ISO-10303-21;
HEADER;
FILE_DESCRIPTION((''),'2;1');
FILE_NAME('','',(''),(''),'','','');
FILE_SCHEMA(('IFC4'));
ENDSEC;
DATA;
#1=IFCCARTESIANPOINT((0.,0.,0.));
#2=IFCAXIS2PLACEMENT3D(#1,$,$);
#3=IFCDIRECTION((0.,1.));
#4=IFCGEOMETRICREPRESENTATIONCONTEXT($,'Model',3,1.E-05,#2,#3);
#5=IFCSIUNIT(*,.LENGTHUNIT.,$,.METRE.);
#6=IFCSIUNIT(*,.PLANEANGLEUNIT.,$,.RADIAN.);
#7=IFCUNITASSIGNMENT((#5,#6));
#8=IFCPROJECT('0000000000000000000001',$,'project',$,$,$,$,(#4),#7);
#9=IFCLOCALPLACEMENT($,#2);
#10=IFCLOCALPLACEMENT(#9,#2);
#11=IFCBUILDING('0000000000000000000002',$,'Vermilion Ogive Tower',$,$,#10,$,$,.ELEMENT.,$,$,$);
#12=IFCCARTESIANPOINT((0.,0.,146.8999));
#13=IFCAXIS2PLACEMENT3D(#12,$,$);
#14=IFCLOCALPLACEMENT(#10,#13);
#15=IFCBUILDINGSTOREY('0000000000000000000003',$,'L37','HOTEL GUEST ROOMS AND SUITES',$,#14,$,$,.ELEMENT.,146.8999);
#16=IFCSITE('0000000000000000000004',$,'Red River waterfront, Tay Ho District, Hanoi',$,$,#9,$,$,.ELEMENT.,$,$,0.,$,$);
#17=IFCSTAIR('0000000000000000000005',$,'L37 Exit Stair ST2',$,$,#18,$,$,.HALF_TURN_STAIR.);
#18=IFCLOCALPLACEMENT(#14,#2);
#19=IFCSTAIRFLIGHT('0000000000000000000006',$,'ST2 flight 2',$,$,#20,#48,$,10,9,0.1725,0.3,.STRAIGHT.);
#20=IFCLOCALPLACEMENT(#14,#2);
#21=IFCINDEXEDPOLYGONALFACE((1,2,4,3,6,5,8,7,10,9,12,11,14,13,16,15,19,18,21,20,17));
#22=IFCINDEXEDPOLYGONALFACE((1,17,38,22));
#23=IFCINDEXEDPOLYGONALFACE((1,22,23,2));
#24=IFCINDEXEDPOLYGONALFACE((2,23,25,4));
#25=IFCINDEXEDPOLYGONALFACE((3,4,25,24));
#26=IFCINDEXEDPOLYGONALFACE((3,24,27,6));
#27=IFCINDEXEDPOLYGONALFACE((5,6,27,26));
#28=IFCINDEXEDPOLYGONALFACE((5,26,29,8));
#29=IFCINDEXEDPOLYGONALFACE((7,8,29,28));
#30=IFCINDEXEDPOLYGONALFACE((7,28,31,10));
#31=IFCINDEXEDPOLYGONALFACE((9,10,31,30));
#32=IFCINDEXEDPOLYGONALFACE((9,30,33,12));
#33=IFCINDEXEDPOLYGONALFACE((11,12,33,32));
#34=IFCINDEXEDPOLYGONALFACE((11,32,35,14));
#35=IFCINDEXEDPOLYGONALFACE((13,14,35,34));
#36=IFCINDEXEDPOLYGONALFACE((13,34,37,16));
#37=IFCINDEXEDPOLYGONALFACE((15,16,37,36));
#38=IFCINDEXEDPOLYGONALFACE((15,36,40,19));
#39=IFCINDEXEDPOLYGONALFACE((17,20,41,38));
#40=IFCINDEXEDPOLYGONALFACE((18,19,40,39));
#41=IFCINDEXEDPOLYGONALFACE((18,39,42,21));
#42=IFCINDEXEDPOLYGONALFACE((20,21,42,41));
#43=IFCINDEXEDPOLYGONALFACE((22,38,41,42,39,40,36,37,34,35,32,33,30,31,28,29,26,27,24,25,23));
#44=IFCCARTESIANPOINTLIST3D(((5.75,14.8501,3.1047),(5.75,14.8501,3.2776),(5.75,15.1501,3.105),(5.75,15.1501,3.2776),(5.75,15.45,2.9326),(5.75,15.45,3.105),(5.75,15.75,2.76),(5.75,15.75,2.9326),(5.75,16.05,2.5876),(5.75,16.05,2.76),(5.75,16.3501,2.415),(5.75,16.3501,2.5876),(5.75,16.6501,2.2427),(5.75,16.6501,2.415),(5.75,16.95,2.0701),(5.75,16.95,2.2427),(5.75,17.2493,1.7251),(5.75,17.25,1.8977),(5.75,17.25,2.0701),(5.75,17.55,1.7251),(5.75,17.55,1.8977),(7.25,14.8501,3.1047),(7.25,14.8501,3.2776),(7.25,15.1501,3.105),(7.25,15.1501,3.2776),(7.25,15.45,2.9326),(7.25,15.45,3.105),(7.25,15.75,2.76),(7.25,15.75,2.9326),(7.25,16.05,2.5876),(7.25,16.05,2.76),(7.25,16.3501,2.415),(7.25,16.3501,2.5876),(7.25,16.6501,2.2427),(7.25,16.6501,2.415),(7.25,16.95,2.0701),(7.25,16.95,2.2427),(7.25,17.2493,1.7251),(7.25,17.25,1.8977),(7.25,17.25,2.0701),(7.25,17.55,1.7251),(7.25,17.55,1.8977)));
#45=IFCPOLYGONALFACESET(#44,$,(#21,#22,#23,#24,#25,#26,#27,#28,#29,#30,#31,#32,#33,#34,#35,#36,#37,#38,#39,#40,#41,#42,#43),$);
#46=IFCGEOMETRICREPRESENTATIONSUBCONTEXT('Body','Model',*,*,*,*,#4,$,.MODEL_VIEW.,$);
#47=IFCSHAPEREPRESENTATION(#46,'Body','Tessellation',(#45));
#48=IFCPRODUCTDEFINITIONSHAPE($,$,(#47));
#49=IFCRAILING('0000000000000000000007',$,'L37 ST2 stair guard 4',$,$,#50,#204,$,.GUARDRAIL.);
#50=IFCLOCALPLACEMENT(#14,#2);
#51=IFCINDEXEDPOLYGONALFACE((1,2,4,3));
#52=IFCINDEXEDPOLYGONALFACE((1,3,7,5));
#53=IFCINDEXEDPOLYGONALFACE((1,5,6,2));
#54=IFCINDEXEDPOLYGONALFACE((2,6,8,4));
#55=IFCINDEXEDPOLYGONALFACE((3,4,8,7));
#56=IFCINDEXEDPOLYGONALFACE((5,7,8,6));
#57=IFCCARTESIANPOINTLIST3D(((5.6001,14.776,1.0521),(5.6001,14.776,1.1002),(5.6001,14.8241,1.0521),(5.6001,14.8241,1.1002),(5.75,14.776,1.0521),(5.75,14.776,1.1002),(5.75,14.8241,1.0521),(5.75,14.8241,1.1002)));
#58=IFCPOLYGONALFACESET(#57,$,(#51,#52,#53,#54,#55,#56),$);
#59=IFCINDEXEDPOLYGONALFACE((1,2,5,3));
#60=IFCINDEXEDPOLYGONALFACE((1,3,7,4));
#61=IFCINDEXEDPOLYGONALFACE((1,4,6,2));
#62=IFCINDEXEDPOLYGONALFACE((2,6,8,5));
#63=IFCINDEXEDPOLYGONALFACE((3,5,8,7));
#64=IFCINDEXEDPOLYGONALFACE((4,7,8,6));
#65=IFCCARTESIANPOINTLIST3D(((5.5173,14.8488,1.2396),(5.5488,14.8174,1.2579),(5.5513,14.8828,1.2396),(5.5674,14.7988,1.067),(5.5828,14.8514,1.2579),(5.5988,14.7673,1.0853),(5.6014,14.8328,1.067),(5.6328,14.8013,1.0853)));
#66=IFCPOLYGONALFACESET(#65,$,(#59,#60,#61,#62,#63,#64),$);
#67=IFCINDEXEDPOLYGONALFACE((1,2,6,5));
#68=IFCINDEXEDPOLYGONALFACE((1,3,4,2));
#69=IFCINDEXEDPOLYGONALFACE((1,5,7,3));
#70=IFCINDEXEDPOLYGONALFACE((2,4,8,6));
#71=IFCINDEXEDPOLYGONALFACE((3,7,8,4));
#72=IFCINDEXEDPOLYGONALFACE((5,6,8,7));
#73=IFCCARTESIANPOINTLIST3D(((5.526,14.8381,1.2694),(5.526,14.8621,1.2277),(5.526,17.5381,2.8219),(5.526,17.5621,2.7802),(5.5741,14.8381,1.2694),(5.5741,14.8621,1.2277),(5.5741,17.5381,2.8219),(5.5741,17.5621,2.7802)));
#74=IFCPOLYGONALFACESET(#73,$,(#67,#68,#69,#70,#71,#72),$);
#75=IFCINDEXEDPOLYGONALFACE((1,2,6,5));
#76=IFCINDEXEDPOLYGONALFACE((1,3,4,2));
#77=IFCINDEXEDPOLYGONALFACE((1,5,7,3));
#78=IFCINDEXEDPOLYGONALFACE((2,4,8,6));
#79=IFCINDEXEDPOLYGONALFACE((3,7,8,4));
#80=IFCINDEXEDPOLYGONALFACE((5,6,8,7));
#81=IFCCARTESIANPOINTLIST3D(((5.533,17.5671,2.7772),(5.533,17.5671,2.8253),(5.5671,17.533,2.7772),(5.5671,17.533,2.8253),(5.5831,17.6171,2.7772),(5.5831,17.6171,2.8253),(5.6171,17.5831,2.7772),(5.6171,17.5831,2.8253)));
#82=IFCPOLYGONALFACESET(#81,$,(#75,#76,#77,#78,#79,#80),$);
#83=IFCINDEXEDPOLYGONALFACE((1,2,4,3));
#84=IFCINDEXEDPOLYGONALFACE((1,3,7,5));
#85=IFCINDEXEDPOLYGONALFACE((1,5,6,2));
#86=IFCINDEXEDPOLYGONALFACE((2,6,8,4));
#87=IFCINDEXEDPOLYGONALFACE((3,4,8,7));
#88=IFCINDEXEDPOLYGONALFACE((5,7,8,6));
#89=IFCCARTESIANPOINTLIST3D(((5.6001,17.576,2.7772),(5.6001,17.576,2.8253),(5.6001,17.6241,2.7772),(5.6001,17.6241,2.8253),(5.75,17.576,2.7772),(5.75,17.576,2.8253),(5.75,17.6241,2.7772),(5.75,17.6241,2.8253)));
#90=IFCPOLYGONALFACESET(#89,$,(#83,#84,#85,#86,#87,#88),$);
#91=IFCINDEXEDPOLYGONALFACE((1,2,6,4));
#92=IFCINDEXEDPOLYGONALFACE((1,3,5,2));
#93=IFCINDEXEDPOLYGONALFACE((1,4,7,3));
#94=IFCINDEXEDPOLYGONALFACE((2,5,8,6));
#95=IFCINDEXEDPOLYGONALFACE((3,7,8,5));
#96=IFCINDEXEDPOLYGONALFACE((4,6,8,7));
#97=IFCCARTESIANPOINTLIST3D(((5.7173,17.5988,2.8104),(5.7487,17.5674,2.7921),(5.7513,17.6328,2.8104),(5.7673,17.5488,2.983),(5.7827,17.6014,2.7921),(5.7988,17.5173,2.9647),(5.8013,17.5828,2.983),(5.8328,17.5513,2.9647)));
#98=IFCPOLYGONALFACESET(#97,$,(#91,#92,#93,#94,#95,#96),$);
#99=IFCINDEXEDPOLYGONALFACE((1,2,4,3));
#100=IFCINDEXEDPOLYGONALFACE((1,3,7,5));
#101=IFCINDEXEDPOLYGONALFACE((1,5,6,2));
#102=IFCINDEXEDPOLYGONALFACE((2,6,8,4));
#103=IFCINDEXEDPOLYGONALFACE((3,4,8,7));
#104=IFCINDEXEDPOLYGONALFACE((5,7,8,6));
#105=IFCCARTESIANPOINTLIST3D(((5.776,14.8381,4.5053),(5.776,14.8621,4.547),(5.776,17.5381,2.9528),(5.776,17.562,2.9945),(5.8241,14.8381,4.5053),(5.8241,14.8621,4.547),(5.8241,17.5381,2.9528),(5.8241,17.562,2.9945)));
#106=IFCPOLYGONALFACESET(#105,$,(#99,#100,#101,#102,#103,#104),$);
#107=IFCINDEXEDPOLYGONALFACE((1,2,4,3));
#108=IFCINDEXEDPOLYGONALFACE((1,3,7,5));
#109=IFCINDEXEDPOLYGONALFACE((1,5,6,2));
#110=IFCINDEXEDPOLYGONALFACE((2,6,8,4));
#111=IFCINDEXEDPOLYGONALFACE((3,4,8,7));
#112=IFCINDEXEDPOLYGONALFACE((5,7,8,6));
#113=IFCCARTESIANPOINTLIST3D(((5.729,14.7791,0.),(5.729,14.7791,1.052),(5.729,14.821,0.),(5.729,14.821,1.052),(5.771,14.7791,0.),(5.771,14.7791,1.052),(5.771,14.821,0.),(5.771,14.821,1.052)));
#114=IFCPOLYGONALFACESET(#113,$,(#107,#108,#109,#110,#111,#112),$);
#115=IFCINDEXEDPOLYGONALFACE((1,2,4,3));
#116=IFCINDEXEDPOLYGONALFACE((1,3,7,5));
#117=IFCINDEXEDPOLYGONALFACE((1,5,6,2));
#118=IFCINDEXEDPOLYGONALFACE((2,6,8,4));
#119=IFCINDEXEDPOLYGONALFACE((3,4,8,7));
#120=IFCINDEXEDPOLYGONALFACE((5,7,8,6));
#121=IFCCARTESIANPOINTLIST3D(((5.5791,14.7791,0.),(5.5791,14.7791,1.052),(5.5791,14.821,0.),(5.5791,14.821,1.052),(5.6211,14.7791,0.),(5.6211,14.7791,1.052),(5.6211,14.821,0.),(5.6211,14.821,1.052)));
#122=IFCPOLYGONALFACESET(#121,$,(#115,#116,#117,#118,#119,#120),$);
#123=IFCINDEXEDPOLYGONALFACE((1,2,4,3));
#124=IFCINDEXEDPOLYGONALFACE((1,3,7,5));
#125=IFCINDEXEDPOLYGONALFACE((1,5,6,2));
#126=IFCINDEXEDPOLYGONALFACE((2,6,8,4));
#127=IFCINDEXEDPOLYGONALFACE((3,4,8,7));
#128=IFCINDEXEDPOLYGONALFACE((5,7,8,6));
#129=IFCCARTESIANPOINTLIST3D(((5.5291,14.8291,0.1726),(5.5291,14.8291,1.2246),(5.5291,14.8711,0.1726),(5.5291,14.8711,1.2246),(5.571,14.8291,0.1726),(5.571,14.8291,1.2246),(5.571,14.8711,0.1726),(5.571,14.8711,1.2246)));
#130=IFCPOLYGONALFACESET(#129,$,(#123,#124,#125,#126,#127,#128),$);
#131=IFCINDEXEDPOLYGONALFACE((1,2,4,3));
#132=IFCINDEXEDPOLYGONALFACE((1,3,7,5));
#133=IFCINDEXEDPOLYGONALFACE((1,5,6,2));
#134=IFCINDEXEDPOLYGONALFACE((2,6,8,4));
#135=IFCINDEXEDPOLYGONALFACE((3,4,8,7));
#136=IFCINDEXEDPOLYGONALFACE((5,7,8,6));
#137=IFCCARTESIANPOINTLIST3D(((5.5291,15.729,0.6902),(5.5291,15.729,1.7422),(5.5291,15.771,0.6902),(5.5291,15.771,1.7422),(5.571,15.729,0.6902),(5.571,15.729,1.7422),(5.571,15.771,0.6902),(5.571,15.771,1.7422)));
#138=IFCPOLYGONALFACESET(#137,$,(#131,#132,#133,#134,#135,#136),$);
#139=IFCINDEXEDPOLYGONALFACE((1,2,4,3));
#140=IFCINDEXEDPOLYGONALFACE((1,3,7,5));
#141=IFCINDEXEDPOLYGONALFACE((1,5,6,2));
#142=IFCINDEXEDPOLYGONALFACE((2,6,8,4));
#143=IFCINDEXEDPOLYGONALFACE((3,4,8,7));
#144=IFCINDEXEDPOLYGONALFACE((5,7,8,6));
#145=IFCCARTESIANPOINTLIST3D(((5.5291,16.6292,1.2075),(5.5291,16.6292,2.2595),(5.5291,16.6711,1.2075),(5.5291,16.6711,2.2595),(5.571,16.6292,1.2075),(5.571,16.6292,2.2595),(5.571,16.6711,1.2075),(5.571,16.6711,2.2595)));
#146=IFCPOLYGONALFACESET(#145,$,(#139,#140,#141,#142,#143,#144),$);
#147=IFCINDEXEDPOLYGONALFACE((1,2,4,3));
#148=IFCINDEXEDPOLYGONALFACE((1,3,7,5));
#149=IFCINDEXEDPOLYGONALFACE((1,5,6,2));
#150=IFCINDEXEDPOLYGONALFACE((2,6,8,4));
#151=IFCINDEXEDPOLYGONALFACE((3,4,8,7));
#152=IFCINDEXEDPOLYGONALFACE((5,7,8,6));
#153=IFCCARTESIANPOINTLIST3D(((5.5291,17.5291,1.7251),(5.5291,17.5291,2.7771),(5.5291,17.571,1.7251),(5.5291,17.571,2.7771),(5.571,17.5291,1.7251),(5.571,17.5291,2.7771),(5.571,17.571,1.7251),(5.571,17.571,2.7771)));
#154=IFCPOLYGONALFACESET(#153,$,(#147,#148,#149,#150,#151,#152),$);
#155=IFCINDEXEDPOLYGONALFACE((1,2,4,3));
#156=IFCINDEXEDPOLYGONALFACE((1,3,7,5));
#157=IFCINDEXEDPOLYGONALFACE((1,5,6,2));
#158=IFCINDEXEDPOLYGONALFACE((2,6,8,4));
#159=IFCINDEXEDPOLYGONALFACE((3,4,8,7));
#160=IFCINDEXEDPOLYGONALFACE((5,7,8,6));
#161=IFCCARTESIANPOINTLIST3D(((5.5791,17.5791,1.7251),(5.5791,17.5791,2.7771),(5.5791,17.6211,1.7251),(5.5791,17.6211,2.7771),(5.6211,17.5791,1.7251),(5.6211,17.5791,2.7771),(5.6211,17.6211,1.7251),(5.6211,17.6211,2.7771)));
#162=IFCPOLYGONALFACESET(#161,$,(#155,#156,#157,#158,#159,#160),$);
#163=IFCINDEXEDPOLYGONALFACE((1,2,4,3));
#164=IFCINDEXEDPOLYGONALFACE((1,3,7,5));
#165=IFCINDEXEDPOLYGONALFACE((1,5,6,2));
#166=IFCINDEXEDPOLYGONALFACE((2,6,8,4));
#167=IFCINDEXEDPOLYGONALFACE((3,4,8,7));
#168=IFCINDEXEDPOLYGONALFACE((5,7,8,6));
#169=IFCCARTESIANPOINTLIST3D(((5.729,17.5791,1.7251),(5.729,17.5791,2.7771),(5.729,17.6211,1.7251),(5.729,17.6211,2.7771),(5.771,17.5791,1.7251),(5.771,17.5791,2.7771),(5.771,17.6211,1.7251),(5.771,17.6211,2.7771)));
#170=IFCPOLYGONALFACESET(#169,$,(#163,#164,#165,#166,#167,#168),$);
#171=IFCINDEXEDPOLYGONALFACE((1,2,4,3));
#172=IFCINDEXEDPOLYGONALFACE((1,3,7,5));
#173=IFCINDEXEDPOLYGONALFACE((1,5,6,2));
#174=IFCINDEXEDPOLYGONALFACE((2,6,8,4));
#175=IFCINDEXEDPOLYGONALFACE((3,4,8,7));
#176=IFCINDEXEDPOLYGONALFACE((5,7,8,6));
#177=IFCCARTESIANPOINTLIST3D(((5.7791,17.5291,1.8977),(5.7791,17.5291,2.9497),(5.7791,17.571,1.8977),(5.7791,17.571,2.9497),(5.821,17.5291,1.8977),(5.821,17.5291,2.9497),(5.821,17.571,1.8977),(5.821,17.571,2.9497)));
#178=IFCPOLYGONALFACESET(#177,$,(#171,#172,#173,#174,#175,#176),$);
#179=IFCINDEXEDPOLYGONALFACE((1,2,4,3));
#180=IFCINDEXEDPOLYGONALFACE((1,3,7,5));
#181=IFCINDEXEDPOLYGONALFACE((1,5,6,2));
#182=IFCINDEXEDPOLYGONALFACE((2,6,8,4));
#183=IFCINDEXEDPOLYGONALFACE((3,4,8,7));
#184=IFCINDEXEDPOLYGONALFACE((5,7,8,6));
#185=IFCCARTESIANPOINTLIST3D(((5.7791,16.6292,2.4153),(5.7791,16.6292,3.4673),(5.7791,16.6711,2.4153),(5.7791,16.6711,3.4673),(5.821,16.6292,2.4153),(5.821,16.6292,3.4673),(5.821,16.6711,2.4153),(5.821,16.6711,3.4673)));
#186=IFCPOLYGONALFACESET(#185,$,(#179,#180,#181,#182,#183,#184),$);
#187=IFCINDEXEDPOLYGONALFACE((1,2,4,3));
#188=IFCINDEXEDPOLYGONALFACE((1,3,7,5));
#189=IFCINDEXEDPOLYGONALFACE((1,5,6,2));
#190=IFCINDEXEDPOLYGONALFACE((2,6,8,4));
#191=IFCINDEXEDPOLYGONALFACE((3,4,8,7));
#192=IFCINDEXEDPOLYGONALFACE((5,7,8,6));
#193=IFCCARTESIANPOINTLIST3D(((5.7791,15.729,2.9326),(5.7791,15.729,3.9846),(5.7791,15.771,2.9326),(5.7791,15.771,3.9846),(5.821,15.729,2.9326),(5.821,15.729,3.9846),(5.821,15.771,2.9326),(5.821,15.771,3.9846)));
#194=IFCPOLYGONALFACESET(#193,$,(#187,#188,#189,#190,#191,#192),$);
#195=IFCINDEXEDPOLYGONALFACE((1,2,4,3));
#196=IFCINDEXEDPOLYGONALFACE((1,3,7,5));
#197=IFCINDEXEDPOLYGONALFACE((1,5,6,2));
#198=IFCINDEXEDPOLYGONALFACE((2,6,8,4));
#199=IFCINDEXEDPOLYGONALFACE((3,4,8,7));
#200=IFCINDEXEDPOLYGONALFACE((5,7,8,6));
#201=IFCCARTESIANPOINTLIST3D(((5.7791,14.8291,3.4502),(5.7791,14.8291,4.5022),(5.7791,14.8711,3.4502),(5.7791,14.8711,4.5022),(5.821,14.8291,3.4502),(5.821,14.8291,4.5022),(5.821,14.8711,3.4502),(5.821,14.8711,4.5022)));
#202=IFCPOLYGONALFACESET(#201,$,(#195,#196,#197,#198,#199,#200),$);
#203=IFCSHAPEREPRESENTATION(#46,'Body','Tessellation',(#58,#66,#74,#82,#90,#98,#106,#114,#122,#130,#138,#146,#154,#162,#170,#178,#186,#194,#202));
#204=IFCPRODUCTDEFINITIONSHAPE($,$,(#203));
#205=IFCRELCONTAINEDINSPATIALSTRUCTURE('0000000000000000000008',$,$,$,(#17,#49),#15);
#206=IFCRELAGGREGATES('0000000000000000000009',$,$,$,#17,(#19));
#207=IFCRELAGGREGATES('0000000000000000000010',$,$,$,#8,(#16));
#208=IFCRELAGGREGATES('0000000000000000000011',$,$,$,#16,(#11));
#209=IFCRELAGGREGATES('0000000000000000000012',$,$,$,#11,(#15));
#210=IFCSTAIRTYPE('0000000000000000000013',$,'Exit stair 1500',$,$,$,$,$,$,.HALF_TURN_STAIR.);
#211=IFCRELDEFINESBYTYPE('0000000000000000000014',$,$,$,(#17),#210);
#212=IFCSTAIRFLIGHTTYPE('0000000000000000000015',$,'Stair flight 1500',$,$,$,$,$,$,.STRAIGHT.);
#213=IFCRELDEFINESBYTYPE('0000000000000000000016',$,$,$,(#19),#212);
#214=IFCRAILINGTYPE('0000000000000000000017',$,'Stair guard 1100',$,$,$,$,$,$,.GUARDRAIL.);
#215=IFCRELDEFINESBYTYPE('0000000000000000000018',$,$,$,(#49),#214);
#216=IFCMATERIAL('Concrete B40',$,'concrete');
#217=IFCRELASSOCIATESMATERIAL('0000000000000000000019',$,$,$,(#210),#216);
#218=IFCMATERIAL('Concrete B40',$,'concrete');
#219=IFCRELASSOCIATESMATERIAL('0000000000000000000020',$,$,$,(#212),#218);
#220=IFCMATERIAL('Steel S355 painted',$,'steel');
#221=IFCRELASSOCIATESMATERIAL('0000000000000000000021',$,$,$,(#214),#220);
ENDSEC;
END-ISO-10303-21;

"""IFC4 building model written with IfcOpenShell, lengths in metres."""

from ifc_helpers import new_model, si_unit, direction, frame, origin, origin_2d, place, context, subcontext, project, spatial, polyline, rectangle, outline, extrude, material, type_object, element, aggregate, save


model = new_model("IFC4")

# Units and contexts
model_context = context("Model", 3, precision=1e-05, world=origin(), true_north=direction((0.0, 1.0)))
body_context = subcontext(model_context, "Body", "Model", "MODEL_VIEW")
ifc_project = project(units=[si_unit("LENGTHUNIT", "METRE"), si_unit("PLANEANGLEUNIT", "RADIAN")], contexts=[model_context])

# Site, building, storey
site_placement = place(None, origin())
site = spatial("IfcSite", under=ifc_project, at=site_placement, Name="Red River waterfront, Tay Ho District, Hanoi", CompositionType="ELEMENT", RefElevation=0.0)
building_placement = place(site_placement, origin())
building = spatial("IfcBuilding", under=site, at=building_placement, Name="Vermilion Ogive Tower", CompositionType="ELEMENT")
storey_placement = place(building_placement, frame((0.0, 0.0, 146.8999)))
storey = spatial("IfcBuildingStorey", under=building, at=storey_placement, Name="L37", Description="HOTEL GUEST ROOMS AND SUITES", CompositionType="ELEMENT", Elevation=146.8999)

# Stair, stair flight
ifc_material_1 = material(Name="Concrete B40", Category="concrete")
stair_type = type_object("IfcStairType", Name="Exit stair 1500", PredefinedType="HALF_TURN_STAIR", material=ifc_material_1)
stair_placement = place(storey_placement, origin())
stair = element("IfcStair", 1, at=stair_placement, inside=storey, type_object=stair_type, Name="L37 Exit Stair ST2", PredefinedType="HALF_TURN_STAIR")
ifc_material_2 = material(Name="Concrete B40", Category="concrete")
stair_flight_type = type_object("IfcStairFlightType", Name="Stair flight 1500", PredefinedType="STRAIGHT", material=ifc_material_2)
stair_flight_1_placement = place(storey_placement, frame((6.5, 17.55, 1.7251), z_axis=(0.0, 0.0, 1.0), x_axis=(0.0, -1.0, 0.0)))
stair_flight_1 = element("IfcStairFlight", 2, at=stair_flight_1_placement, type_object=stair_flight_type, Name="ST2 flight 2", NumberOfRisers=10, NumberOfTreads=9, PredefinedType="STRAIGHT", RiserHeight=0.1725, TreadLength=0.3, context=body_context, shape_type="SweptSolid", body=[
    extrude(outline(polyline([(0.0, 0.0), (0.0, 0.1726), (0.3, 0.1726), (0.3, 0.345), (0.6001, 0.345), (0.6001, 0.5176), (0.8999, 0.5176), (0.8999, 0.6899), (1.2, 0.6899), (1.2, 0.8625), (1.5, 0.8625), (1.5, 1.0349), (1.8, 1.0349), (1.8, 1.2075), (2.1001, 1.2075), (2.1001, 1.3799), (2.3999, 1.3799), (2.3999, 1.5525), (2.7, 1.5525), (2.7, 1.7251), (2.7, 1.3796), (0.3008, 0.0), (0.0, 0.0)])), frame((0.0, 0.75, 0.0), z_axis=(0.0, -1.0, 0.0), x_axis=(1.0, 0.0, 0.0)), (0.0, 0.0, 1.0), 1.5),
])
aggregate(stair, [stair_flight_1])

# Railing
ifc_material_3 = material(Name="Steel S355 painted", Category="steel")
railing_type_1 = type_object("IfcRailingType", Name="Stair guard 1100", PredefinedType="GUARDRAIL", material=ifc_material_3)
railing_1_placement = place(storey_placement, frame((5.75, 14.8, 0.0)))
element("IfcRailing", 3, at=railing_1_placement, inside=storey, type_object=railing_type_1, Name="L37 ST2 stair guard 4", PredefinedType="GUARDRAIL", context=body_context, shape_type="SweptSolid", body=[
    extrude(rectangle(XDim=0.0481, YDim=0.0481, at=origin_2d()), frame((0.0, 0.0, 1.0762), z_axis=(-1.0, 0.0, 0.0), x_axis=(0.0, -1.0, 0.0)), (0.0, 0.0, 1.0), 0.1499),
    extrude(rectangle(XDim=0.0481, YDim=0.0481, at=origin_2d()), frame((-0.1499, 0.0, 1.0762), z_axis=(-0.268278, 0.268278, 0.925232), x_axis=(-0.707107, -0.707107, 0.0)), (0.0, 0.0, 1.0), 0.1865),
    extrude(rectangle(XDim=0.0481, YDim=0.0481, at=origin_2d()), frame((-0.2, 0.05, 1.2485), z_axis=(0.0, 0.866904, 0.498476), x_axis=(-1.0, 0.0, 0.0)), (0.0, 0.0, 1.0), 3.1145),
    extrude(rectangle(XDim=0.0481, YDim=0.0481, at=origin_2d()), frame((-0.2, 2.75, 2.8013), z_axis=(0.707107, 0.707107, 0.0), x_axis=(-0.707107, 0.707107, 0.0)), (0.0, 0.0, 1.0), 0.0708),
    extrude(rectangle(XDim=0.0481, YDim=0.0481, at=origin_2d()), frame((-0.1499, 2.8, 2.8013), z_axis=(1.0, 0.0, 0.0), x_axis=(0.0, 1.0, 0.0)), (0.0, 0.0, 1.0), 0.1499),
    extrude(rectangle(XDim=0.0481, YDim=0.0481, at=origin_2d()), frame((0.0, 2.8, 2.8013), z_axis=(0.268278, -0.268278, 0.925232), x_axis=(0.707107, 0.707107, 0.0)), (0.0, 0.0, 1.0), 0.1865),
    extrude(rectangle(XDim=0.0481, YDim=0.0481, at=origin_2d()), frame((0.05, 2.75, 2.9736), z_axis=(0.0, -0.866904, 0.498476), x_axis=(1.0, 0.0, 0.0)), (0.0, 0.0, 1.0), 3.1145),
    extrude(rectangle(XDim=0.042, YDim=0.042, at=origin_2d()), origin(), (0.0, 0.0, 1.0), 1.052),
    extrude(rectangle(XDim=0.042, YDim=0.042, at=origin_2d()), frame((-0.1499, 0.0, 0.0)), (0.0, 0.0, 1.0), 1.052),
    extrude(rectangle(XDim=0.042, YDim=0.042, at=origin_2d()), frame((-0.2, 0.05, 0.1726)), (0.0, 0.0, 1.0), 1.052),
    extrude(rectangle(XDim=0.042, YDim=0.042, at=origin_2d()), frame((-0.2, 0.95, 0.6902)), (0.0, 0.0, 1.0), 1.052),
    extrude(rectangle(XDim=0.042, YDim=0.042, at=origin_2d()), frame((-0.2, 1.8501, 1.2075)), (0.0, 0.0, 1.0), 1.052),
    extrude(rectangle(XDim=0.042, YDim=0.042, at=origin_2d()), frame((-0.2, 2.75, 1.7251)), (0.0, 0.0, 1.0), 1.052),
    extrude(rectangle(XDim=0.042, YDim=0.042, at=origin_2d()), frame((-0.1499, 2.8, 1.7251)), (0.0, 0.0, 1.0), 1.052),
    extrude(rectangle(XDim=0.042, YDim=0.042, at=origin_2d()), frame((0.0, 2.8, 1.7251)), (0.0, 0.0, 1.0), 1.052),
    extrude(rectangle(XDim=0.042, YDim=0.042, at=origin_2d()), frame((0.05, 2.75, 1.8977)), (0.0, 0.0, 1.0), 1.052),
    extrude(rectangle(XDim=0.042, YDim=0.042, at=origin_2d()), frame((0.05, 1.8501, 2.4153)), (0.0, 0.0, 1.0), 1.052),
    extrude(rectangle(XDim=0.042, YDim=0.042, at=origin_2d()), frame((0.05, 0.95, 2.9326)), (0.0, 0.0, 1.0), 1.052),
    extrude(rectangle(XDim=0.042, YDim=0.042, at=origin_2d()), frame((0.05, 0.05, 3.4502)), (0.0, 0.0, 1.0), 1.052),
])

save(model, "model.ifc")
